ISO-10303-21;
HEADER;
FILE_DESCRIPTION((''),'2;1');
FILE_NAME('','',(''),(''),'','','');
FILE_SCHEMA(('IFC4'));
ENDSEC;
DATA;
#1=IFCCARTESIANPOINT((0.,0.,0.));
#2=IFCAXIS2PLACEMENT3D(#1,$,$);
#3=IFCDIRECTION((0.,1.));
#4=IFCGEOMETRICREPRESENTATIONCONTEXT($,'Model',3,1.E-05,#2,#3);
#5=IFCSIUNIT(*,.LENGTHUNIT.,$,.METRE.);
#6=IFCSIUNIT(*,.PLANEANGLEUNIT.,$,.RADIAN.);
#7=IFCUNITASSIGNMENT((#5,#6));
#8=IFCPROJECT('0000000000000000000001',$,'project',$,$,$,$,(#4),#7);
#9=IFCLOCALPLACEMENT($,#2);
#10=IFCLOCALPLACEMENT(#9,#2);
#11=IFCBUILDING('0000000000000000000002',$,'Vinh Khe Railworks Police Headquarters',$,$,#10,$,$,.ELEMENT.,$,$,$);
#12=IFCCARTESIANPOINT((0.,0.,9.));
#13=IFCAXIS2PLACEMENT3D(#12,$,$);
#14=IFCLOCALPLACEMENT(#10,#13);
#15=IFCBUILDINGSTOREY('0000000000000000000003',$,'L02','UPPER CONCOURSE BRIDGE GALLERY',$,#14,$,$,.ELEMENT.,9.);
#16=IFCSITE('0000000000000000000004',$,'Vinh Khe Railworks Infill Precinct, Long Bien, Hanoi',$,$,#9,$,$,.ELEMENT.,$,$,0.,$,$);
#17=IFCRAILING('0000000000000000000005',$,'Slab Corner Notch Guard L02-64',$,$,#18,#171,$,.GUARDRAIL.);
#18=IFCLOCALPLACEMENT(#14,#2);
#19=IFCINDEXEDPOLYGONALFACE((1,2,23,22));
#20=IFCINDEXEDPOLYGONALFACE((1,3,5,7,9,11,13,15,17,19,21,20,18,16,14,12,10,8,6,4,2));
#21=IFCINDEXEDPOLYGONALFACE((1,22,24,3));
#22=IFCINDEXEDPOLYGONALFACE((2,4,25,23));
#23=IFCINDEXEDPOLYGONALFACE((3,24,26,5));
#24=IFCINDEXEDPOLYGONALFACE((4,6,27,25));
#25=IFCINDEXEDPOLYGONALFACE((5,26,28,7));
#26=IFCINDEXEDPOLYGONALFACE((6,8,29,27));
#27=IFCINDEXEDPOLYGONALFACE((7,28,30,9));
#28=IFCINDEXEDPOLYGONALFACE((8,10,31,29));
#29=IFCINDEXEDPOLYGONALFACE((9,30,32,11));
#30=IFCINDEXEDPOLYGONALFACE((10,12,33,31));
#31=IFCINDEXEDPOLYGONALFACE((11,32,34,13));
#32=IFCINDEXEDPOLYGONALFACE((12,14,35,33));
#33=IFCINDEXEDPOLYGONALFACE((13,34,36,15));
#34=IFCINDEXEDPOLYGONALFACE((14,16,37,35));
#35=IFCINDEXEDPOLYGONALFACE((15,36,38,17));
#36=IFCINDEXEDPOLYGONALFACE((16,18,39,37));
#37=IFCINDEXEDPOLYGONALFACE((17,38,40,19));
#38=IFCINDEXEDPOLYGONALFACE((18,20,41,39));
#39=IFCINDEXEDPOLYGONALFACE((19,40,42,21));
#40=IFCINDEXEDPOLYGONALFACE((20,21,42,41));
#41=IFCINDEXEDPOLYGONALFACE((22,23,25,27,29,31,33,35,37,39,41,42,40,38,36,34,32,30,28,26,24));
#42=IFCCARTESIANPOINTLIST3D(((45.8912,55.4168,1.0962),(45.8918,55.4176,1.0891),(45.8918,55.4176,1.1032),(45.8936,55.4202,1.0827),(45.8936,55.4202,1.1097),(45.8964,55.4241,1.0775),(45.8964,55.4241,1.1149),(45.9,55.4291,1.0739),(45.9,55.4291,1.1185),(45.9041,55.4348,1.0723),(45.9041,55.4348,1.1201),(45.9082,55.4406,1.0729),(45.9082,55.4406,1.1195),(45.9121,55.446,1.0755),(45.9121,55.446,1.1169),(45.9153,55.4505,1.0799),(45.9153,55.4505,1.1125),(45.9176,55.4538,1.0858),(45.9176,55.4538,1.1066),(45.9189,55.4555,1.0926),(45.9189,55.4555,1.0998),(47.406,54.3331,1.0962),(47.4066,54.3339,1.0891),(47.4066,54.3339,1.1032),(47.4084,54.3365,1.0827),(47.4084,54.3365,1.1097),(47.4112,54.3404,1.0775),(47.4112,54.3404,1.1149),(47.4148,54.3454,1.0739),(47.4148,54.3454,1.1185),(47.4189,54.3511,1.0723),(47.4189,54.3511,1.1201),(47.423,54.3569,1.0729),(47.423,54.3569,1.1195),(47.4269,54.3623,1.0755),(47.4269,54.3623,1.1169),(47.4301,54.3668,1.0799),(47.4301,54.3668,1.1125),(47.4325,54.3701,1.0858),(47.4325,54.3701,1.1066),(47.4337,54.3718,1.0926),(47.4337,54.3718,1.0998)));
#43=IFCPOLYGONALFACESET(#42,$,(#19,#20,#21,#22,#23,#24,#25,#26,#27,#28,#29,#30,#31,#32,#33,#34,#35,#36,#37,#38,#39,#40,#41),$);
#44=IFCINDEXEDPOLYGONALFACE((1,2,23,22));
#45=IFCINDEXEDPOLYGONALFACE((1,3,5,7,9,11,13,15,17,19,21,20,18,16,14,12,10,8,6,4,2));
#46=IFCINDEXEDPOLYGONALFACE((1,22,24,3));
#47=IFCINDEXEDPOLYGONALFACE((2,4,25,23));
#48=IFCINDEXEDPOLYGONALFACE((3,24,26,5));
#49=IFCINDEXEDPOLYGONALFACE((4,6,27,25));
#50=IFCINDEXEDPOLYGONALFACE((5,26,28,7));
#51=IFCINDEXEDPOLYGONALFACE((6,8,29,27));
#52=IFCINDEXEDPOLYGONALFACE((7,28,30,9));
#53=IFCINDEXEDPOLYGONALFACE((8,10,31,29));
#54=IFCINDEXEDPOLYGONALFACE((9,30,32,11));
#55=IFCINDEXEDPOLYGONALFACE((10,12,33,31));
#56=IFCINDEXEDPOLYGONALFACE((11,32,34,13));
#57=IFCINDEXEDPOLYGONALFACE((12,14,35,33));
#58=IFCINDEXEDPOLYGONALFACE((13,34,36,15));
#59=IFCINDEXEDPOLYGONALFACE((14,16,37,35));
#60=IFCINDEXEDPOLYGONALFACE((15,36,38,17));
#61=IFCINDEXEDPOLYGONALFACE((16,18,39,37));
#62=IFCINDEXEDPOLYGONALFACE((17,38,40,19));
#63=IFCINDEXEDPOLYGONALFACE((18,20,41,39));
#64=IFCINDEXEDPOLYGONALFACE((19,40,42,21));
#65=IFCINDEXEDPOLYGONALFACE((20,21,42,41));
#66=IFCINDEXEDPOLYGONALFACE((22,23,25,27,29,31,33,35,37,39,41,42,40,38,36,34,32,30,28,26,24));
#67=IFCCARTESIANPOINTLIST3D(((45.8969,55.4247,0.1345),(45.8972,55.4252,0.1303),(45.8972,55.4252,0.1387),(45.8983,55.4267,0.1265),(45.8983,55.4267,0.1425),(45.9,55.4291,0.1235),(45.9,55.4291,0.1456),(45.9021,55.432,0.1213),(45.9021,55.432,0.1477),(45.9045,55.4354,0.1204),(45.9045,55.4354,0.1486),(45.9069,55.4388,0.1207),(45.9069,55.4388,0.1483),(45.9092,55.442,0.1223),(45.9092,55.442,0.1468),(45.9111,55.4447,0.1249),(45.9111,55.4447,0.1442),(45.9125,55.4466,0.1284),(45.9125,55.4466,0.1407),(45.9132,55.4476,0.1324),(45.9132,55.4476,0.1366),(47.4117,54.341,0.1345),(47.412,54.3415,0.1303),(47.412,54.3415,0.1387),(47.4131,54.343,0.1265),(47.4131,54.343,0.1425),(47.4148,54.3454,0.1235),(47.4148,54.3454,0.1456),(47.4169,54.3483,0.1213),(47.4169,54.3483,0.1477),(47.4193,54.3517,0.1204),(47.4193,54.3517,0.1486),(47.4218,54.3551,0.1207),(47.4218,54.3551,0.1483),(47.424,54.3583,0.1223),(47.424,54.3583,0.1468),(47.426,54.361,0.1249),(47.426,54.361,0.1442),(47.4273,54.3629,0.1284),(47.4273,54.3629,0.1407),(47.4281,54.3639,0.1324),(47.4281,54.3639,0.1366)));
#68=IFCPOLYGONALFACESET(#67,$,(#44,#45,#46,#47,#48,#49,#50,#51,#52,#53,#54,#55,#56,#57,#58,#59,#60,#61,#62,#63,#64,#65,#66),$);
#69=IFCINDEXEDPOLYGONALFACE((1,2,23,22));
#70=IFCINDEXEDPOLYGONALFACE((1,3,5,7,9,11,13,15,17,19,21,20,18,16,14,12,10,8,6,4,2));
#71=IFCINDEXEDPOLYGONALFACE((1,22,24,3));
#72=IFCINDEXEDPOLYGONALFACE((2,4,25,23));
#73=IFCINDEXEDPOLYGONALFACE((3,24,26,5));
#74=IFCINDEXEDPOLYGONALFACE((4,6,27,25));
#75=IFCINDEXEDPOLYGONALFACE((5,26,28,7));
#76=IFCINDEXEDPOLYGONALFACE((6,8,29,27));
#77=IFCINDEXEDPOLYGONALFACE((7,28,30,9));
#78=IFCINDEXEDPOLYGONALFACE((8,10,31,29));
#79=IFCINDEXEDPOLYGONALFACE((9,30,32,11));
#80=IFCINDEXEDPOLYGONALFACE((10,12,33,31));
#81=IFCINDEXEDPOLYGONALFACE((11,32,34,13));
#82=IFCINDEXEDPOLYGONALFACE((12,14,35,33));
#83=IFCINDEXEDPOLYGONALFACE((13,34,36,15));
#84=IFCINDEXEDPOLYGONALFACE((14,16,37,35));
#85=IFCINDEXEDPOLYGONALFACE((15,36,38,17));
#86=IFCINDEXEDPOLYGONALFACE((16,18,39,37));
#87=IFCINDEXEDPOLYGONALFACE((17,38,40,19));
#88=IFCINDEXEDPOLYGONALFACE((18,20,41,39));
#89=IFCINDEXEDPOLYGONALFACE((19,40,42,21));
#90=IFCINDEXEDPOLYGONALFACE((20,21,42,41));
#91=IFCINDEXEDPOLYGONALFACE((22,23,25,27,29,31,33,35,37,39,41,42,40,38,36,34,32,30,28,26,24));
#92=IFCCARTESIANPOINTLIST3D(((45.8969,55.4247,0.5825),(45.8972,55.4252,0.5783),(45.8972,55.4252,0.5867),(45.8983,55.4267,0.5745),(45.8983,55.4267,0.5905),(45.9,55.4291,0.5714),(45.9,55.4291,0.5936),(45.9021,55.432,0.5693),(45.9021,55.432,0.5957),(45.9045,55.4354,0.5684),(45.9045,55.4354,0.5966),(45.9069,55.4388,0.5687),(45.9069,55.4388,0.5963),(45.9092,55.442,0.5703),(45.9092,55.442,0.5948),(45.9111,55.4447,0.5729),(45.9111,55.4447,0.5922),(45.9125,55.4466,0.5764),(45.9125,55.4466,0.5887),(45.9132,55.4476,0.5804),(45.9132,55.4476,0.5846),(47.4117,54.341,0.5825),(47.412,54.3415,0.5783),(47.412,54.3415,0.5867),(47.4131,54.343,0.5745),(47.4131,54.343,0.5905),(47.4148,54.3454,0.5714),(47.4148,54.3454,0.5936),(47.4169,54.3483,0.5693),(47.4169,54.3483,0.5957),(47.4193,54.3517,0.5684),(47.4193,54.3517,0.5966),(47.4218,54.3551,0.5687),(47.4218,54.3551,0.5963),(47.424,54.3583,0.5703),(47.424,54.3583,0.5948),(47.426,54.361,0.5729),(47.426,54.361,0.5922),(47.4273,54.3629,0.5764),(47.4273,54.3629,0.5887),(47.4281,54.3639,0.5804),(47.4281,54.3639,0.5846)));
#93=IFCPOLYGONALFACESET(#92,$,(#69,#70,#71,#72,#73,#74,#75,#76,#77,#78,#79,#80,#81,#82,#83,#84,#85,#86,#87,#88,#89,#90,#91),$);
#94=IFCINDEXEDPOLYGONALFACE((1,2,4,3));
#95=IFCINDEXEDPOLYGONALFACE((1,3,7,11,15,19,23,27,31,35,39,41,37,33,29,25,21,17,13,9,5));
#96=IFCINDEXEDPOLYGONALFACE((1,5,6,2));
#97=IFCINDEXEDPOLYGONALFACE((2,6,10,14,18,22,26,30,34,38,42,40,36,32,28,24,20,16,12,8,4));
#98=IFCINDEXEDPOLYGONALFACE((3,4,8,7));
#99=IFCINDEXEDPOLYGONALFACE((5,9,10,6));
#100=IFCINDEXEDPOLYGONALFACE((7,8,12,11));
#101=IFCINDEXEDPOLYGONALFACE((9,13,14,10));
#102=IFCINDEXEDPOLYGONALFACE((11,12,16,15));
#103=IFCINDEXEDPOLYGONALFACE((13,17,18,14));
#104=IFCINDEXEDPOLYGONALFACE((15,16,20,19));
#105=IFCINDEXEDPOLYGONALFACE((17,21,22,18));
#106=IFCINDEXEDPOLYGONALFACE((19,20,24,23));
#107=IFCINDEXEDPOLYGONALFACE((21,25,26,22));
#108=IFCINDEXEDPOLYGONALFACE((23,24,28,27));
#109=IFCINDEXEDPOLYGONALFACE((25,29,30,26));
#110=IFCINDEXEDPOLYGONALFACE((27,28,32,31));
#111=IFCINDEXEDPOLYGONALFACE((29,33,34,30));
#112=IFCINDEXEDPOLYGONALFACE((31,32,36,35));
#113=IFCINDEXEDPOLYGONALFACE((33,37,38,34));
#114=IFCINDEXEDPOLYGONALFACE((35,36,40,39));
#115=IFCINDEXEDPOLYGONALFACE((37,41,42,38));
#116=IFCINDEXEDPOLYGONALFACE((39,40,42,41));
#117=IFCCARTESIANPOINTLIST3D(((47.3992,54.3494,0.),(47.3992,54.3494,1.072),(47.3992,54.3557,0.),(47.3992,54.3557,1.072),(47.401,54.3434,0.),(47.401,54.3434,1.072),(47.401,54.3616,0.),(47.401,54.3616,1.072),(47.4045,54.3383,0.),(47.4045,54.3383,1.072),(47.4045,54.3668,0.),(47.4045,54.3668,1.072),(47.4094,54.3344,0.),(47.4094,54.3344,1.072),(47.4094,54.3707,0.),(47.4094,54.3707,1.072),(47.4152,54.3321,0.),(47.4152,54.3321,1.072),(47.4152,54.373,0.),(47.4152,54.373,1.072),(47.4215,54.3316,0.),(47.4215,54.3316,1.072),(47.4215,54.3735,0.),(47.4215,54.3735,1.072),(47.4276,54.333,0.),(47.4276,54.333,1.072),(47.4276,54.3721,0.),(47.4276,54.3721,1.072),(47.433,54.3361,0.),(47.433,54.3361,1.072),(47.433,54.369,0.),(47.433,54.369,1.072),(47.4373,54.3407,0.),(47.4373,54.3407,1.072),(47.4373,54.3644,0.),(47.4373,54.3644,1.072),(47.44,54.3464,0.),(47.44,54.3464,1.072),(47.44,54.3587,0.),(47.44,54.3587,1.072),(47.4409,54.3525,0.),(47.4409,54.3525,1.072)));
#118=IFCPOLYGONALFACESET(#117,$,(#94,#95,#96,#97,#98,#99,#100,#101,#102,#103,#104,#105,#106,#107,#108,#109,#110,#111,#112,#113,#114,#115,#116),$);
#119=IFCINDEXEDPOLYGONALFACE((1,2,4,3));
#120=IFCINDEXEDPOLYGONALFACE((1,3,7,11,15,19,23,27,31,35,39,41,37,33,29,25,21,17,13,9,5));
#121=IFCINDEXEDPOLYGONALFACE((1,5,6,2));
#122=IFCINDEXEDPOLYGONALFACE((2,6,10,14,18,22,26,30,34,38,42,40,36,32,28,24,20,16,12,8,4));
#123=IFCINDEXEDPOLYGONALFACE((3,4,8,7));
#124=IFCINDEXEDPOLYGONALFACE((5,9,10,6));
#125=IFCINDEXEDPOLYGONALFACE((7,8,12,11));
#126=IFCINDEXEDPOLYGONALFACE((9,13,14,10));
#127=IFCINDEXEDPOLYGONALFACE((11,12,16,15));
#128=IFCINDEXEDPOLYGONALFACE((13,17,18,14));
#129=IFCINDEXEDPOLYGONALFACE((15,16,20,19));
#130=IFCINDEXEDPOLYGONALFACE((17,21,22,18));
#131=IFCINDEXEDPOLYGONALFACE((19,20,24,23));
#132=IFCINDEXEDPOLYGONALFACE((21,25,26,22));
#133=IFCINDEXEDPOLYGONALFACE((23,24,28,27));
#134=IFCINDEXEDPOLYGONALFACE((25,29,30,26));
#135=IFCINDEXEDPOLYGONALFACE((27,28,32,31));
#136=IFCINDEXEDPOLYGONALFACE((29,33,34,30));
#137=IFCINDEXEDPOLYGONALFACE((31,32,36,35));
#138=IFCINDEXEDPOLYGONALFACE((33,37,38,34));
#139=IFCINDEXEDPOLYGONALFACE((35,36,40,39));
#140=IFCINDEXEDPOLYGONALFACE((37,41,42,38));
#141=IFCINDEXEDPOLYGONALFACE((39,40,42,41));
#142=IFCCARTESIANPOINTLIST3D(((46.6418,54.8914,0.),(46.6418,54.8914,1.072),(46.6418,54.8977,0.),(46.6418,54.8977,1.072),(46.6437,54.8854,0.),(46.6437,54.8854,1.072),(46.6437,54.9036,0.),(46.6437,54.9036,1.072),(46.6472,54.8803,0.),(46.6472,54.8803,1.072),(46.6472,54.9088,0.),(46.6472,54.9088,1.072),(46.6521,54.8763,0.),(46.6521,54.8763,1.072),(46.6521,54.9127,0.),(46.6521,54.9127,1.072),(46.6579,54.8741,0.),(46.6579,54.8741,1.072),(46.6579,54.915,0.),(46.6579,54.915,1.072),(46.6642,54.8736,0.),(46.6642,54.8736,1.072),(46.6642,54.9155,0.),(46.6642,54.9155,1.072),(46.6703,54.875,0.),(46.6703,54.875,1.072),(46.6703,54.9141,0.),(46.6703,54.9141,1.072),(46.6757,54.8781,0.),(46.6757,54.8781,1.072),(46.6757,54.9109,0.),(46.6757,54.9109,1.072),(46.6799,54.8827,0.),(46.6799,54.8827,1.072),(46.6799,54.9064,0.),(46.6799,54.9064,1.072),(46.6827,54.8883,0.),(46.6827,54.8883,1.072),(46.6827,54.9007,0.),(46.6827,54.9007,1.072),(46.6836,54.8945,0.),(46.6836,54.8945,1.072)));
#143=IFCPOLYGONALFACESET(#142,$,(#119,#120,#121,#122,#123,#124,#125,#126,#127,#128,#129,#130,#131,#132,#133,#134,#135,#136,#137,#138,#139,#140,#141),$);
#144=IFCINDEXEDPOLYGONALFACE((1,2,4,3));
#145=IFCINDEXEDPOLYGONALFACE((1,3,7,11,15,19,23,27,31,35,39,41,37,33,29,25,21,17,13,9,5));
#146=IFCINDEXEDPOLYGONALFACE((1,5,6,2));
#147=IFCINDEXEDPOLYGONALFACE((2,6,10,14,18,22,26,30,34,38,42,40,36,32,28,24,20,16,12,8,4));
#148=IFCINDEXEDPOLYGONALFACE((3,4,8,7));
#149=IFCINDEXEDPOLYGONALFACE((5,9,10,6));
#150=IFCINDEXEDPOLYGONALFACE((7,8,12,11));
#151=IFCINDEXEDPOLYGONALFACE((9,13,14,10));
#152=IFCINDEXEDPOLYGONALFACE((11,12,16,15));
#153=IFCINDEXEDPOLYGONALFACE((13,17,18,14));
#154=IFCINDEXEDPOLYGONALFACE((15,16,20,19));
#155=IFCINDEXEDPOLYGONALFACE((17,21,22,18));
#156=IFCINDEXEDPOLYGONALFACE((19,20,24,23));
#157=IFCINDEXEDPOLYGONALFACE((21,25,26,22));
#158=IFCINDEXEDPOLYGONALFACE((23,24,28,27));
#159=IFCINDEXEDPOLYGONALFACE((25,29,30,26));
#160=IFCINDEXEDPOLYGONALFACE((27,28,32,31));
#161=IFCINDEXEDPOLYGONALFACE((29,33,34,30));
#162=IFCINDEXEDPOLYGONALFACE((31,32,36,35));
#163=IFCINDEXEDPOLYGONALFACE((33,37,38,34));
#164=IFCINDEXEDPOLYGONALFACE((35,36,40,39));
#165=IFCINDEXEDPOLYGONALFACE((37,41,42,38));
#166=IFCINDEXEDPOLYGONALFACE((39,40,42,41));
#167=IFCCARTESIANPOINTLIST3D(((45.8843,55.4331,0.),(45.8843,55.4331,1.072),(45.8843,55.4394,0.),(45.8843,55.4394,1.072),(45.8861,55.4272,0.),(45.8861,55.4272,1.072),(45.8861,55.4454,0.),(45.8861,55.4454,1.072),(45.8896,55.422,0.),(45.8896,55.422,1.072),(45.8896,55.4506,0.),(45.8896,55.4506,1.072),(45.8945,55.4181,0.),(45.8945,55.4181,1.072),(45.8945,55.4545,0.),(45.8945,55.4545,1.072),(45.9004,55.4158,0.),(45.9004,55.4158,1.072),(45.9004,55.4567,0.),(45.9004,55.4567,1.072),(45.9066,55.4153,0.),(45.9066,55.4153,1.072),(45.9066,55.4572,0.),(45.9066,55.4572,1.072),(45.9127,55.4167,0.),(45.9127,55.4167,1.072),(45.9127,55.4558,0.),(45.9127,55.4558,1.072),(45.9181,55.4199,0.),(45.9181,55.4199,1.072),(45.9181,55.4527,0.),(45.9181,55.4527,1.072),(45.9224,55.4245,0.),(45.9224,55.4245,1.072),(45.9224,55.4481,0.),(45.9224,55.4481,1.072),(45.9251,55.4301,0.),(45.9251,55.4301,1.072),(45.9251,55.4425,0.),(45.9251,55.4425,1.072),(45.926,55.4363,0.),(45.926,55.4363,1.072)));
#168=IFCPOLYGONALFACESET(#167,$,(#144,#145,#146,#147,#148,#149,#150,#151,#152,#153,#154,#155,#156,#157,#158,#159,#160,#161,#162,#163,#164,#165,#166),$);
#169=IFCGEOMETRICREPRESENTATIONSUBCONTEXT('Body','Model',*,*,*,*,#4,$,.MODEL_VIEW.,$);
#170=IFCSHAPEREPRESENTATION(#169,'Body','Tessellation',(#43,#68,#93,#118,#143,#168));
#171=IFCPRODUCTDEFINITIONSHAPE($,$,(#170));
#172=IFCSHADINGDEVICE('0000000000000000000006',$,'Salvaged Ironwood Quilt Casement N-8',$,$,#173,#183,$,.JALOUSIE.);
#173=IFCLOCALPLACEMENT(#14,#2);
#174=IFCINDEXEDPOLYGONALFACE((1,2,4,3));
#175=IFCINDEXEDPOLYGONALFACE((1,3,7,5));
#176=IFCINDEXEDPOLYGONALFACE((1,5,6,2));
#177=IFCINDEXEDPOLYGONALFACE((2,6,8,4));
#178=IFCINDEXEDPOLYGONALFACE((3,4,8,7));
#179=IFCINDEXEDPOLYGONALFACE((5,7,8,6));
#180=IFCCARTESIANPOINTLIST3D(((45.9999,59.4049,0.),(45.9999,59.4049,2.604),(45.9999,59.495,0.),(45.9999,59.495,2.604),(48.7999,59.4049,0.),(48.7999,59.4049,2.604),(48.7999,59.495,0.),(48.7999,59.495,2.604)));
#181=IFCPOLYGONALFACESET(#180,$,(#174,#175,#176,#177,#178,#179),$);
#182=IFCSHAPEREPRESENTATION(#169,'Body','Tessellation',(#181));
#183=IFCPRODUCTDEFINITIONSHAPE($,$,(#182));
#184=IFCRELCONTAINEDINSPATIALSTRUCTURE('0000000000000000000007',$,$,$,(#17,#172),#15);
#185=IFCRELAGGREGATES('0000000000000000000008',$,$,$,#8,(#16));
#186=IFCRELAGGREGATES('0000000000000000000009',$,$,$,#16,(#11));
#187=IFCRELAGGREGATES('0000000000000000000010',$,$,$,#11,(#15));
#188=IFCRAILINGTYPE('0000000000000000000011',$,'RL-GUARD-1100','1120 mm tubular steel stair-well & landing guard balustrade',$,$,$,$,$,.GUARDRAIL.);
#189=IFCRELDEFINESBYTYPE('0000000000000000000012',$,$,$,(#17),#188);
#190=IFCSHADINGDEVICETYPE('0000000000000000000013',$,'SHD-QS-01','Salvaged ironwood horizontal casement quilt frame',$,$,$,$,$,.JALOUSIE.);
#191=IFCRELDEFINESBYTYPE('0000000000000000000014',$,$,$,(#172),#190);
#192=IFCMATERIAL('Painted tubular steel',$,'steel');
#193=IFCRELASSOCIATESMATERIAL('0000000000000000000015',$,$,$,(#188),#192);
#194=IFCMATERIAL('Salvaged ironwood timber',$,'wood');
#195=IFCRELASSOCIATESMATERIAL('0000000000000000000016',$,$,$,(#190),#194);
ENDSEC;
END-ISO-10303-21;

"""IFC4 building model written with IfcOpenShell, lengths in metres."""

from ifc_helpers import new_model, si_unit, direction, frame, origin, origin_2d, place, context, subcontext, project, spatial, rectangle, circle, extrude, material, type_object, element, save


model = new_model("IFC4")

# Units and contexts
model_context = context("Model", 3, precision=1e-05, world=origin(), true_north=direction((0.0, 1.0)))
body_context = subcontext(model_context, "Body", "Model", "MODEL_VIEW")
ifc_project = project(units=[si_unit("LENGTHUNIT", "METRE"), si_unit("PLANEANGLEUNIT", "RADIAN")], contexts=[model_context])

# Site, building, storey
site_placement = place(None, origin())
site = spatial("IfcSite", under=ifc_project, at=site_placement, Name="Vinh Khe Railworks Infill Precinct, Long Bien, Hanoi", CompositionType="ELEMENT", RefElevation=0.0)
building_placement = place(site_placement, origin())
building = spatial("IfcBuilding", under=site, at=building_placement, Name="Vinh Khe Railworks Police Headquarters", CompositionType="ELEMENT")
storey_placement = place(building_placement, frame((0.0, 0.0, 9.0)))
storey = spatial("IfcBuildingStorey", under=building, at=storey_placement, Name="L02", Description="UPPER CONCOURSE BRIDGE GALLERY", CompositionType="ELEMENT", Elevation=9.0)

# Shared definitions
ifc_material_1 = material(Name="Salvaged ironwood timber", Category="wood")

# Railing
ifc_material_2 = material(Name="Painted tubular steel", Category="steel")
railing_type = type_object("IfcRailingType", Name="RL-GUARD-1100", Description="1120 mm tubular steel stair-well & landing guard balustrade", PredefinedType="GUARDRAIL", material=ifc_material_2)
railing_placement = place(storey_placement, frame((47.4199, 54.3525, 0.0)))
element("IfcRailing", 1, at=railing_placement, inside=storey, type_object=railing_type, Name="Slab Corner Notch Guard L02-64", PredefinedType="GUARDRAIL", context=body_context, shape_type="SweptSolid", body=[
    extrude(circle(Radius=0.0239, at=origin_2d()), frame((0.0, 0.0, 1.0962), z_axis=(-0.813308, 0.581833, 0.0), x_axis=(-0.581833, -0.813308, 0.0)), (0.0, 0.0, 1.0), 1.8625),
    extrude(circle(Radius=0.0142, at=origin_2d()), frame((0.0, 0.0, 0.1345), z_axis=(-0.813308, 0.581833, 0.0), x_axis=(-0.581833, -0.813308, 0.0)), (0.0, 0.0, 1.0), 1.8625),
    extrude(circle(Radius=0.0142, at=origin_2d()), frame((0.0, 0.0, 0.5825), z_axis=(-0.813308, 0.581833, 0.0), x_axis=(-0.581833, -0.813308, 0.0)), (0.0, 0.0, 1.0), 1.8625),
    extrude(circle(Radius=0.021, at=origin_2d()), origin(), (0.0, 0.0, 1.0), 1.072),
    extrude(circle(Radius=0.021, at=origin_2d()), frame((-0.7573, 0.542, 0.0)), (0.0, 0.0, 1.0), 1.072),
    extrude(circle(Radius=0.021, at=origin_2d()), frame((-1.5149, 1.0837, 0.0)), (0.0, 0.0, 1.0), 1.072),
])

# Shading device
shading_device_type = type_object("IfcShadingDeviceType", Name="SHD-QS-01", Description="Salvaged ironwood horizontal casement quilt frame", PredefinedType="JALOUSIE", material=ifc_material_1)
shading_device_placement = place(storey_placement, frame((47.3999, 59.45, 0.0), z_axis=(0.0, 0.0, 1.0), x_axis=(1.0, 0.0, 0.0)))
element("IfcShadingDevice", 2, at=shading_device_placement, inside=storey, type_object=shading_device_type, Name="Salvaged Ironwood Quilt Casement N-8", PredefinedType="JALOUSIE", context=body_context, shape_type="SweptSolid", body=[
    extrude(rectangle(XDim=2.8, YDim=0.0901, at=origin_2d()), origin(), (0.0, 0.0, 1.0), 2.604),
])

save(model, "model.ifc")
